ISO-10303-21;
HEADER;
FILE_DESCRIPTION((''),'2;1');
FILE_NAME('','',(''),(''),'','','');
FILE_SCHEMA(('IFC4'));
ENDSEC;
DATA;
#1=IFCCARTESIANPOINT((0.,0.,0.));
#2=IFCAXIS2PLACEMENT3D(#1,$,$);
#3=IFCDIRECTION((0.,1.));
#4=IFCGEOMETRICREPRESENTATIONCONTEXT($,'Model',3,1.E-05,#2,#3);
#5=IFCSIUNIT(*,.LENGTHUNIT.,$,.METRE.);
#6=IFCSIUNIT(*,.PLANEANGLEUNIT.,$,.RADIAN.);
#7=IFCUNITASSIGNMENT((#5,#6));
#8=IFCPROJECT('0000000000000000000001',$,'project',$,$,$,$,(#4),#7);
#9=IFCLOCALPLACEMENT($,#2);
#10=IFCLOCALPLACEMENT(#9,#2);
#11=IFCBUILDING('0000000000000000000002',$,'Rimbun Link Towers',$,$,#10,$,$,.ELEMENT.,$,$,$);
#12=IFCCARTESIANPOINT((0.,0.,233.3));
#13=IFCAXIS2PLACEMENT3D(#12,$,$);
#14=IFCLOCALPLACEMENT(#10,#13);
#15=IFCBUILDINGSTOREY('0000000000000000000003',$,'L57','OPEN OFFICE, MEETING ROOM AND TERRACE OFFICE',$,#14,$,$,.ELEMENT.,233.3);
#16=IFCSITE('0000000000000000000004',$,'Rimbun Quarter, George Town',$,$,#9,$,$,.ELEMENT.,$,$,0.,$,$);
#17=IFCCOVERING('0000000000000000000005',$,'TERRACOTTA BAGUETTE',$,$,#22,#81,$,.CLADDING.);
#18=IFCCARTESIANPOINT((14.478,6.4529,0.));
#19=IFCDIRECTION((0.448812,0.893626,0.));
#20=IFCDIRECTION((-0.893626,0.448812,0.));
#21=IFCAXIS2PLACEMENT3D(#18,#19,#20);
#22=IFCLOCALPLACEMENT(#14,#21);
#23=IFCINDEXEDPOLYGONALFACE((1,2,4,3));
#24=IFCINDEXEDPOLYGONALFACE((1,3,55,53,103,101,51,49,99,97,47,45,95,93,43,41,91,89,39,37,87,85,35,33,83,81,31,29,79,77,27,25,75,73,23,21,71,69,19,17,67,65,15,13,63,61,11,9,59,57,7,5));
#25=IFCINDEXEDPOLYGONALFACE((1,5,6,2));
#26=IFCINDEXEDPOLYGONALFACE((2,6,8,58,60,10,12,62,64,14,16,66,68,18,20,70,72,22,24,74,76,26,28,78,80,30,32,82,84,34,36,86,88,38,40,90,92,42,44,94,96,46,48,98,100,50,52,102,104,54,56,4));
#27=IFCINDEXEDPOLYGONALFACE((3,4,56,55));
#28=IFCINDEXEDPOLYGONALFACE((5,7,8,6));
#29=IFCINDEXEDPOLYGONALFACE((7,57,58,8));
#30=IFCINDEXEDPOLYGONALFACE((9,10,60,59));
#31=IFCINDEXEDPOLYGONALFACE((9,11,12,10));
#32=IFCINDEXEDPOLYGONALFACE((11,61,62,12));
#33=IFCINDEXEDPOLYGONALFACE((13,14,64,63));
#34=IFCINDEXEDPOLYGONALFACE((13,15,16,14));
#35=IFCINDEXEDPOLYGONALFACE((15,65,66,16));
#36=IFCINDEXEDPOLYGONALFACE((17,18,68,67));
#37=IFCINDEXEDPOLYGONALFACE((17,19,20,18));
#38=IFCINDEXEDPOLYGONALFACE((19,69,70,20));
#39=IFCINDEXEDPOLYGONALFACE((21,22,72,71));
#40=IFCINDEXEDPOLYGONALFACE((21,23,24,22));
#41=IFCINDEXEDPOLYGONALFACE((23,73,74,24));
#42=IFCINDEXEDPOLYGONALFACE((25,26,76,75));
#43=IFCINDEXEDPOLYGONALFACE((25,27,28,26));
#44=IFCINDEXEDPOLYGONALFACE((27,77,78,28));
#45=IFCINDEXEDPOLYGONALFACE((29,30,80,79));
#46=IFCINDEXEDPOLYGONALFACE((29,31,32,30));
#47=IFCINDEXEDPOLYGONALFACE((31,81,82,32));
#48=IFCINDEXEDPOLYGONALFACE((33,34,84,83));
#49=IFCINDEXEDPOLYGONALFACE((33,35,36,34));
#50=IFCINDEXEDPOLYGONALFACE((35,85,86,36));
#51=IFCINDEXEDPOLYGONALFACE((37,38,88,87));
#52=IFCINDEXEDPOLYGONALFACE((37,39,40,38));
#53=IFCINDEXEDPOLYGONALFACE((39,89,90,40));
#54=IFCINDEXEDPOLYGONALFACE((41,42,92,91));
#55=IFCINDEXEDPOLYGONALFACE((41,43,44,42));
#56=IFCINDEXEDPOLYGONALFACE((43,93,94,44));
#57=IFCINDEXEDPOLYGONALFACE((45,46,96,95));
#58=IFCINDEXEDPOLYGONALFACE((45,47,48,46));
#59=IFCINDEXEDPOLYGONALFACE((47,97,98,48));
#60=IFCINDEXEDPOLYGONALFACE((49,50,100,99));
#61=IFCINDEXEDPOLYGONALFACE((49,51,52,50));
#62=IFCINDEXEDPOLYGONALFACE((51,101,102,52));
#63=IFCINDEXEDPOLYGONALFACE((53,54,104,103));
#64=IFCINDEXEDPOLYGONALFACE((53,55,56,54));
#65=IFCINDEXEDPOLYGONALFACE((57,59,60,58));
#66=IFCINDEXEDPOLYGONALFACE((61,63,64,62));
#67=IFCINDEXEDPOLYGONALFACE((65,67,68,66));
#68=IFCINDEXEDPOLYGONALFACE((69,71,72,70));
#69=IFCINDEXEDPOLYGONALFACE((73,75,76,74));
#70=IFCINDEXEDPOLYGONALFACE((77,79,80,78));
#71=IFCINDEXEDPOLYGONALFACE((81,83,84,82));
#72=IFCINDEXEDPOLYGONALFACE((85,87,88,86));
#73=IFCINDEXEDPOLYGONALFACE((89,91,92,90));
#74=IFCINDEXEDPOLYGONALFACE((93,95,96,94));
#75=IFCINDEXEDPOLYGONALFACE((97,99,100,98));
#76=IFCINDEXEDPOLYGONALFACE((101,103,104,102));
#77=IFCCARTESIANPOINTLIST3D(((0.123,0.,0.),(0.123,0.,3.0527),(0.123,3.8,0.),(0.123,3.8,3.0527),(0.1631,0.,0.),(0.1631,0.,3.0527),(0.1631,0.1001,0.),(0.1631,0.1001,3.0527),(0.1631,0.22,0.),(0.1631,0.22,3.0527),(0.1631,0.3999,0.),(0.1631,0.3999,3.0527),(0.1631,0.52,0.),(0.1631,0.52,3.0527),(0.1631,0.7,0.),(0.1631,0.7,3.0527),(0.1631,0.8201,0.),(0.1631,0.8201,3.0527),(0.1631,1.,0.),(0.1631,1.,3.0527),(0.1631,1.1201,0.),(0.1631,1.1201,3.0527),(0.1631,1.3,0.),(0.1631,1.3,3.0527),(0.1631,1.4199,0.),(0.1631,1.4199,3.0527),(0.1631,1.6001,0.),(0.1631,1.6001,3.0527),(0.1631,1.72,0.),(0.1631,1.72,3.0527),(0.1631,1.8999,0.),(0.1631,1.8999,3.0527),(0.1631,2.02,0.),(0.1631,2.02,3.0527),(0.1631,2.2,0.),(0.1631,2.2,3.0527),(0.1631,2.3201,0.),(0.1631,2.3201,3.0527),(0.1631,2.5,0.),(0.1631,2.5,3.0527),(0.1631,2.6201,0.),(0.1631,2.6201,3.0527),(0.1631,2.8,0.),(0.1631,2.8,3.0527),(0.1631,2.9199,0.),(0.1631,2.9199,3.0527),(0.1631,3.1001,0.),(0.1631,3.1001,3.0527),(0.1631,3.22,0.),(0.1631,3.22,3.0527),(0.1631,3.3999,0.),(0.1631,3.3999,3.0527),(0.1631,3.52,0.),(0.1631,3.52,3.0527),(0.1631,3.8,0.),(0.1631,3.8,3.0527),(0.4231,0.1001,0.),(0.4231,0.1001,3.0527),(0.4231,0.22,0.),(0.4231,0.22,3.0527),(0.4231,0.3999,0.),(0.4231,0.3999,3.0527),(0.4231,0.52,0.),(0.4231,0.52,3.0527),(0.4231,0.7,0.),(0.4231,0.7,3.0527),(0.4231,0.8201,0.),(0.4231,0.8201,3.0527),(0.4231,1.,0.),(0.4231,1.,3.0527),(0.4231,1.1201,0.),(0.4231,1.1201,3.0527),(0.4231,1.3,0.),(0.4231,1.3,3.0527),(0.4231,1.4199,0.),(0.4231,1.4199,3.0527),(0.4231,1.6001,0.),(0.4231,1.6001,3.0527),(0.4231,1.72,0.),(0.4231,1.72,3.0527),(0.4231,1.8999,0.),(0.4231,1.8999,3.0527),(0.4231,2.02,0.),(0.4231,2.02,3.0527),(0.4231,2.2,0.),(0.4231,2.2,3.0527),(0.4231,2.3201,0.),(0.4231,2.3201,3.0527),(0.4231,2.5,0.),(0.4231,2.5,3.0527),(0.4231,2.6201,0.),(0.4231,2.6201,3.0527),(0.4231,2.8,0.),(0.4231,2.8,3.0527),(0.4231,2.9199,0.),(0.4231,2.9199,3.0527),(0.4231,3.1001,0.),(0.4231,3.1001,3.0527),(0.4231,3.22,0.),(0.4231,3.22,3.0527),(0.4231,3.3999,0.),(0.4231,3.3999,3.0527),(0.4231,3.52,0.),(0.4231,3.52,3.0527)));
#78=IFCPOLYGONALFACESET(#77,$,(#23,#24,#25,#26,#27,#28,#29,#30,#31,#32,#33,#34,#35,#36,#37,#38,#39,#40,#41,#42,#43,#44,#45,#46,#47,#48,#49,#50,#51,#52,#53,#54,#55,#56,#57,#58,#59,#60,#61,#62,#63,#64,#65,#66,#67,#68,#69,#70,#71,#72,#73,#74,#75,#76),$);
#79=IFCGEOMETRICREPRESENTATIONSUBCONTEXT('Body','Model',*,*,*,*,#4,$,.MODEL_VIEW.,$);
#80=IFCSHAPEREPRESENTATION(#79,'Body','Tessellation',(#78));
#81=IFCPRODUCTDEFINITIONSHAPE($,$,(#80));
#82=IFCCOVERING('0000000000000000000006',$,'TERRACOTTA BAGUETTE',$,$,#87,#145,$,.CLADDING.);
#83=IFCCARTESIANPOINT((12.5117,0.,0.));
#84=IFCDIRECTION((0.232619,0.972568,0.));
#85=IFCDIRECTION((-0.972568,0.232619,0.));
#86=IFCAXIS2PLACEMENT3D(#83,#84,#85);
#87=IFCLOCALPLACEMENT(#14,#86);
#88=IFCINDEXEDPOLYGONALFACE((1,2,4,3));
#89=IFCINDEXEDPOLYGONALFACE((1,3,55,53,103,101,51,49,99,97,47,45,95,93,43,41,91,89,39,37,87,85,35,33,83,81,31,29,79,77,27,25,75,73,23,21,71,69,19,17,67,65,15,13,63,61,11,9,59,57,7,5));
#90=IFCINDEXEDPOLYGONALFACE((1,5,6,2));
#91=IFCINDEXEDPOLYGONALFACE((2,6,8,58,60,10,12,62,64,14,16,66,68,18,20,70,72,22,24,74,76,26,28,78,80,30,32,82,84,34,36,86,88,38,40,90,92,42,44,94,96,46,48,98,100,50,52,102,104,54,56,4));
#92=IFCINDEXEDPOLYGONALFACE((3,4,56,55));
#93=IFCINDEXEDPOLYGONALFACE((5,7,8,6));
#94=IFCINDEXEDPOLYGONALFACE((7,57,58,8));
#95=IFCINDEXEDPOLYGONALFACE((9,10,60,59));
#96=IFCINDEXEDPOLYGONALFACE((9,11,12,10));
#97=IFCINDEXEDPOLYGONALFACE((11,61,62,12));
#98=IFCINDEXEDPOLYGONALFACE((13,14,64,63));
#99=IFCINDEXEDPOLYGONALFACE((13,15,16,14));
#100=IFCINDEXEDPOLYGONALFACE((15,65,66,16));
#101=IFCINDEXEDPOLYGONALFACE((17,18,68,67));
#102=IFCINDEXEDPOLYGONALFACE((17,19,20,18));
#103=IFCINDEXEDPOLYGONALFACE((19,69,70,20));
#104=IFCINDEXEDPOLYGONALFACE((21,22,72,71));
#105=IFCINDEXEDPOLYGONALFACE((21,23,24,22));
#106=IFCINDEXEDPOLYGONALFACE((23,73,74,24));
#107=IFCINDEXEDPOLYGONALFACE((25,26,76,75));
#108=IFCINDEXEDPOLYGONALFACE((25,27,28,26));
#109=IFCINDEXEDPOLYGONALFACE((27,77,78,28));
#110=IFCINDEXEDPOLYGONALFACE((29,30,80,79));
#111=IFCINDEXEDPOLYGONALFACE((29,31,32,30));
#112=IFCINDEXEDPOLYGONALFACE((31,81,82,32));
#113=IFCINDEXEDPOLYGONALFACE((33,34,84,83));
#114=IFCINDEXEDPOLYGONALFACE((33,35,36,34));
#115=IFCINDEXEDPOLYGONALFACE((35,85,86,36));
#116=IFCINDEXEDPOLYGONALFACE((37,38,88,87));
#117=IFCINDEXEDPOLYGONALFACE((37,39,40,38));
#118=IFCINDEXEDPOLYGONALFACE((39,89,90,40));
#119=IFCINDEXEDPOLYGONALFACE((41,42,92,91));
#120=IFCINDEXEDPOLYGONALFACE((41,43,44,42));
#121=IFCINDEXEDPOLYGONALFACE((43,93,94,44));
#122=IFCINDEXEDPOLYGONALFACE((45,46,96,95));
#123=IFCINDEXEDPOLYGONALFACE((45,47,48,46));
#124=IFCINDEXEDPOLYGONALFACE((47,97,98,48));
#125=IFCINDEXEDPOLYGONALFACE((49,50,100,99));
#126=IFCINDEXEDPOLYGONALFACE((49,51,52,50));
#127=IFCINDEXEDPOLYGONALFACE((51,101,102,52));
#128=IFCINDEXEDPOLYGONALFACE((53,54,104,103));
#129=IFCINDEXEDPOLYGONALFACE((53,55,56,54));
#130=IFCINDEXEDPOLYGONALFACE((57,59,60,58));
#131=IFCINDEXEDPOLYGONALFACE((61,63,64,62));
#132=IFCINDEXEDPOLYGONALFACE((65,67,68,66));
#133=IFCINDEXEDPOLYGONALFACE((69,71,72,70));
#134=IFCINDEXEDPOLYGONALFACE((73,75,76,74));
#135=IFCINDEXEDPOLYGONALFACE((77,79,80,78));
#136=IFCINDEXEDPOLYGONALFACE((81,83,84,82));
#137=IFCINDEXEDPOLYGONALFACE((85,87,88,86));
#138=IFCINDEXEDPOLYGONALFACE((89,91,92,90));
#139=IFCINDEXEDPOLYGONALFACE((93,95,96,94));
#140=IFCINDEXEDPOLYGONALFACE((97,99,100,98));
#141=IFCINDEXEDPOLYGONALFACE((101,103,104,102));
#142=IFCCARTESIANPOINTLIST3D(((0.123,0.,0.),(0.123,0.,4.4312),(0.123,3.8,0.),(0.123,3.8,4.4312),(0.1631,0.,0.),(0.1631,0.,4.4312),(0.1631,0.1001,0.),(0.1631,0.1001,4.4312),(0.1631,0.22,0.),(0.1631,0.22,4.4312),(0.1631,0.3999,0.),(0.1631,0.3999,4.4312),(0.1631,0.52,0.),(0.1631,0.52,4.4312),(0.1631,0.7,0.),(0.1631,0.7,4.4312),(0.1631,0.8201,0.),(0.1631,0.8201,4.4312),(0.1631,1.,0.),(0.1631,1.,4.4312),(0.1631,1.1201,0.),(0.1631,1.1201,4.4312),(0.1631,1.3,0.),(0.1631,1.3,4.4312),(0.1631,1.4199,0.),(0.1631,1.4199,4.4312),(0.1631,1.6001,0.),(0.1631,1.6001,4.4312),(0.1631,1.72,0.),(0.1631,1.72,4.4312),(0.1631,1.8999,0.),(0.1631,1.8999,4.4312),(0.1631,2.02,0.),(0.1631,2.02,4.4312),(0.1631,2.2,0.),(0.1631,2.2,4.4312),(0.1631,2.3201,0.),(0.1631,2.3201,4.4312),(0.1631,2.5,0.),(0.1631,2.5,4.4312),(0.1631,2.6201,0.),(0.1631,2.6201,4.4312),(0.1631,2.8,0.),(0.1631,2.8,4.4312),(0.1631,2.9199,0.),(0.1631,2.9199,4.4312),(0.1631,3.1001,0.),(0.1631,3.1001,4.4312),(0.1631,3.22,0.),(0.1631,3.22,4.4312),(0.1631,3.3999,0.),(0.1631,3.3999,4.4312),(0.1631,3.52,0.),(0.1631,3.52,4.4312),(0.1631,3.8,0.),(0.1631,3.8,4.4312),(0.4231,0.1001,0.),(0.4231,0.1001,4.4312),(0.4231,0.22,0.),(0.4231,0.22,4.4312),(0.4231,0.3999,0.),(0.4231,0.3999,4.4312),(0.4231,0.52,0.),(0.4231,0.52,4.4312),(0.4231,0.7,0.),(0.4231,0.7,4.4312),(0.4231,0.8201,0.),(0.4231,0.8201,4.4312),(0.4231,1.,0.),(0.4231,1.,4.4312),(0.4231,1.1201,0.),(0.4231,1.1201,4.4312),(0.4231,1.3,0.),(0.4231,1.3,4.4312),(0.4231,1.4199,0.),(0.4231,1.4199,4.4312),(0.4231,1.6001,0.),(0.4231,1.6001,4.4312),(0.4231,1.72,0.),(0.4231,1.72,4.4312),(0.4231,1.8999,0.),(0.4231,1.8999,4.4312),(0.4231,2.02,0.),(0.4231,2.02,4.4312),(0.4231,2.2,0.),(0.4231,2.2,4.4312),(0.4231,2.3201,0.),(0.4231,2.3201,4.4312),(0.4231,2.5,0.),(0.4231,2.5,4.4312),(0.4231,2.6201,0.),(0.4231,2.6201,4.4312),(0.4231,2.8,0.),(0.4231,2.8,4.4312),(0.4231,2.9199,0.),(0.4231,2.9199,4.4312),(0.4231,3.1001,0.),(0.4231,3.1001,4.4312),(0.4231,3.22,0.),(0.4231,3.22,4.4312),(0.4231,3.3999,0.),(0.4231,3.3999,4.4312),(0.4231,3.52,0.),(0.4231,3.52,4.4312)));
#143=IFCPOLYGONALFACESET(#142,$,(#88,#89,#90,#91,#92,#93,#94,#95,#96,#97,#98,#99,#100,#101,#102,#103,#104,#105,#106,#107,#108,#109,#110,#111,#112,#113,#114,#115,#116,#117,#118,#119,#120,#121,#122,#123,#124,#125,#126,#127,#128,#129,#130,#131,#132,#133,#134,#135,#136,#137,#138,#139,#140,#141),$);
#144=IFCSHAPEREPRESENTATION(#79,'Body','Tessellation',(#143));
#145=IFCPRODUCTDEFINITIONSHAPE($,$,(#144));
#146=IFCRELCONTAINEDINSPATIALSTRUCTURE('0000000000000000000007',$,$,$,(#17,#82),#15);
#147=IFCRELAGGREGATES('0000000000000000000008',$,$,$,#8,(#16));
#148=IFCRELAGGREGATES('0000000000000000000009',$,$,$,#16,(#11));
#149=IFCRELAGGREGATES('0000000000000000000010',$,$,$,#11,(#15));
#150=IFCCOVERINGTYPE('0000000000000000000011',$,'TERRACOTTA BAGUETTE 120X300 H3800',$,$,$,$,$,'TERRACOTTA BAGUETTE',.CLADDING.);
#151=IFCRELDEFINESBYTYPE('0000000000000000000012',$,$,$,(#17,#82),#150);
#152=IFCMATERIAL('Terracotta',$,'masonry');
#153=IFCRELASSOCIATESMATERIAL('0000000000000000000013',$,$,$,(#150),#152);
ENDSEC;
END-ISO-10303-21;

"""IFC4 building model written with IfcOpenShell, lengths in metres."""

from ifc_helpers import new_model, si_unit, direction, frame, origin, place, context, subcontext, project, spatial, polyline, outline, extrude, material, material_profile, profile_set, type_object, element, save


model = new_model("IFC4")

# Units and contexts
model_context = context("Model", 3, precision=1e-05, world=origin(), true_north=direction((0.0, 1.0)))
body_context = subcontext(model_context, "Body", "Model", "MODEL_VIEW")
ifc_project = project(units=[si_unit("LENGTHUNIT", "METRE"), si_unit("PLANEANGLEUNIT", "RADIAN")], contexts=[model_context])

# Site, building, storey
site_placement = place(None, origin())
site = spatial("IfcSite", under=ifc_project, at=site_placement, Name="Rimbun Quarter, George Town", CompositionType="ELEMENT", RefElevation=0.0)
building_placement = place(site_placement, origin())
building = spatial("IfcBuilding", under=site, at=building_placement, Name="Rimbun Link Towers", CompositionType="ELEMENT")
storey_placement = place(building_placement, frame((0.0, 0.0, 233.3)))
storey = spatial("IfcBuildingStorey", under=building, at=storey_placement, Name="L57", Description="OPEN OFFICE, MEETING ROOM AND TERRACE OFFICE", CompositionType="ELEMENT", Elevation=233.3)

# Coverings
ifc_material_1 = material(Name="Terracotta", Category="masonry")
ifc_material_profile_1 = material_profile(ifc_material_1, outline(polyline([(0.123, 0.0), (0.1631, 0.0), (0.1631, 0.1001), (0.4231, 0.1001), (0.4231, 0.22), (0.1631, 0.22), (0.1631, 0.3999), (0.4231, 0.3999), (0.4231, 0.52), (0.1631, 0.52), (0.1631, 0.7), (0.4231, 0.7), (0.4231, 0.8201), (0.1631, 0.8201), (0.1631, 1.0), (0.4231, 1.0), (0.4231, 1.1201), (0.1631, 1.1201), (0.1631, 1.3), (0.4231, 1.3), (0.4231, 1.4199), (0.1631, 1.4199), (0.1631, 1.6001), (0.4231, 1.6001), (0.4231, 1.72), (0.1631, 1.72), (0.1631, 1.8999), (0.4231, 1.8999), (0.4231, 2.02), (0.1631, 2.02), (0.1631, 2.2), (0.4231, 2.2), (0.4231, 2.3201), (0.1631, 2.3201), (0.1631, 2.5), (0.4231, 2.5), (0.4231, 2.6201), (0.1631, 2.6201), (0.1631, 2.8), (0.4231, 2.8), (0.4231, 2.9199), (0.1631, 2.9199), (0.1631, 3.1001), (0.4231, 3.1001), (0.4231, 3.22), (0.1631, 3.22), (0.1631, 3.3999), (0.4231, 3.3999), (0.4231, 3.52), (0.1631, 3.52), (0.1631, 3.8), (0.123, 3.8), (0.123, 0.0)])), Name="BAGUETTE 120X300")
ifc_profile_set_1 = profile_set([ifc_material_profile_1], Name="Terracotta")
covering_type = type_object("IfcCoveringType", Name="TERRACOTTA BAGUETTE 120X300 H3800", ElementType="TERRACOTTA BAGUETTE", PredefinedType="CLADDING", material=ifc_profile_set_1)
covering_1_placement = place(storey_placement, frame((14.478, 6.4529, 0.0), z_axis=(0.448812, 0.893626, 0.0), x_axis=(-0.893626, 0.448812, 0.0)))
element("IfcCovering", 1, at=covering_1_placement, inside=storey, type_object=covering_type, Name="TERRACOTTA BAGUETTE", PredefinedType="CLADDING", context=body_context, shape_type="SweptSolid", body=[
    extrude(outline(polyline([(0.123, 0.0), (0.1631, 0.0), (0.1631, 0.1001), (0.4231, 0.1001), (0.4231, 0.22), (0.1631, 0.22), (0.1631, 0.3999), (0.4231, 0.3999), (0.4231, 0.52), (0.1631, 0.52), (0.1631, 0.7), (0.4231, 0.7), (0.4231, 0.8201), (0.1631, 0.8201), (0.1631, 1.0), (0.4231, 1.0), (0.4231, 1.1201), (0.1631, 1.1201), (0.1631, 1.3), (0.4231, 1.3), (0.4231, 1.4199), (0.1631, 1.4199), (0.1631, 1.6001), (0.4231, 1.6001), (0.4231, 1.72), (0.1631, 1.72), (0.1631, 1.8999), (0.4231, 1.8999), (0.4231, 2.02), (0.1631, 2.02), (0.1631, 2.2), (0.4231, 2.2), (0.4231, 2.3201), (0.1631, 2.3201), (0.1631, 2.5), (0.4231, 2.5), (0.4231, 2.6201), (0.1631, 2.6201), (0.1631, 2.8), (0.4231, 2.8), (0.4231, 2.9199), (0.1631, 2.9199), (0.1631, 3.1001), (0.4231, 3.1001), (0.4231, 3.22), (0.1631, 3.22), (0.1631, 3.3999), (0.4231, 3.3999), (0.4231, 3.52), (0.1631, 3.52), (0.1631, 3.8), (0.123, 3.8), (0.123, 0.0)])), origin(), (0.0, 0.0, 1.0), 3.0527),
])
covering_2_placement = place(storey_placement, frame((12.5117, 0.0, 0.0), z_axis=(0.232619, 0.972568, 0.0), x_axis=(-0.972568, 0.232619, 0.0)))
element("IfcCovering", 2, at=covering_2_placement, inside=storey, type_object=covering_type, Name="TERRACOTTA BAGUETTE", PredefinedType="CLADDING", context=body_context, shape_type="SweptSolid", body=[
    extrude(outline(polyline([(0.123, 0.0), (0.1631, 0.0), (0.1631, 0.1001), (0.4231, 0.1001), (0.4231, 0.22), (0.1631, 0.22), (0.1631, 0.3999), (0.4231, 0.3999), (0.4231, 0.52), (0.1631, 0.52), (0.1631, 0.7), (0.4231, 0.7), (0.4231, 0.8201), (0.1631, 0.8201), (0.1631, 1.0), (0.4231, 1.0), (0.4231, 1.1201), (0.1631, 1.1201), (0.1631, 1.3), (0.4231, 1.3), (0.4231, 1.4199), (0.1631, 1.4199), (0.1631, 1.6001), (0.4231, 1.6001), (0.4231, 1.72), (0.1631, 1.72), (0.1631, 1.8999), (0.4231, 1.8999), (0.4231, 2.02), (0.1631, 2.02), (0.1631, 2.2), (0.4231, 2.2), (0.4231, 2.3201), (0.1631, 2.3201), (0.1631, 2.5), (0.4231, 2.5), (0.4231, 2.6201), (0.1631, 2.6201), (0.1631, 2.8), (0.4231, 2.8), (0.4231, 2.9199), (0.1631, 2.9199), (0.1631, 3.1001), (0.4231, 3.1001), (0.4231, 3.22), (0.1631, 3.22), (0.1631, 3.3999), (0.4231, 3.3999), (0.4231, 3.52), (0.1631, 3.52), (0.1631, 3.8), (0.123, 3.8), (0.123, 0.0)])), origin(), (0.0, 0.0, 1.0), 4.4312),
])

save(model, "model.ifc")
